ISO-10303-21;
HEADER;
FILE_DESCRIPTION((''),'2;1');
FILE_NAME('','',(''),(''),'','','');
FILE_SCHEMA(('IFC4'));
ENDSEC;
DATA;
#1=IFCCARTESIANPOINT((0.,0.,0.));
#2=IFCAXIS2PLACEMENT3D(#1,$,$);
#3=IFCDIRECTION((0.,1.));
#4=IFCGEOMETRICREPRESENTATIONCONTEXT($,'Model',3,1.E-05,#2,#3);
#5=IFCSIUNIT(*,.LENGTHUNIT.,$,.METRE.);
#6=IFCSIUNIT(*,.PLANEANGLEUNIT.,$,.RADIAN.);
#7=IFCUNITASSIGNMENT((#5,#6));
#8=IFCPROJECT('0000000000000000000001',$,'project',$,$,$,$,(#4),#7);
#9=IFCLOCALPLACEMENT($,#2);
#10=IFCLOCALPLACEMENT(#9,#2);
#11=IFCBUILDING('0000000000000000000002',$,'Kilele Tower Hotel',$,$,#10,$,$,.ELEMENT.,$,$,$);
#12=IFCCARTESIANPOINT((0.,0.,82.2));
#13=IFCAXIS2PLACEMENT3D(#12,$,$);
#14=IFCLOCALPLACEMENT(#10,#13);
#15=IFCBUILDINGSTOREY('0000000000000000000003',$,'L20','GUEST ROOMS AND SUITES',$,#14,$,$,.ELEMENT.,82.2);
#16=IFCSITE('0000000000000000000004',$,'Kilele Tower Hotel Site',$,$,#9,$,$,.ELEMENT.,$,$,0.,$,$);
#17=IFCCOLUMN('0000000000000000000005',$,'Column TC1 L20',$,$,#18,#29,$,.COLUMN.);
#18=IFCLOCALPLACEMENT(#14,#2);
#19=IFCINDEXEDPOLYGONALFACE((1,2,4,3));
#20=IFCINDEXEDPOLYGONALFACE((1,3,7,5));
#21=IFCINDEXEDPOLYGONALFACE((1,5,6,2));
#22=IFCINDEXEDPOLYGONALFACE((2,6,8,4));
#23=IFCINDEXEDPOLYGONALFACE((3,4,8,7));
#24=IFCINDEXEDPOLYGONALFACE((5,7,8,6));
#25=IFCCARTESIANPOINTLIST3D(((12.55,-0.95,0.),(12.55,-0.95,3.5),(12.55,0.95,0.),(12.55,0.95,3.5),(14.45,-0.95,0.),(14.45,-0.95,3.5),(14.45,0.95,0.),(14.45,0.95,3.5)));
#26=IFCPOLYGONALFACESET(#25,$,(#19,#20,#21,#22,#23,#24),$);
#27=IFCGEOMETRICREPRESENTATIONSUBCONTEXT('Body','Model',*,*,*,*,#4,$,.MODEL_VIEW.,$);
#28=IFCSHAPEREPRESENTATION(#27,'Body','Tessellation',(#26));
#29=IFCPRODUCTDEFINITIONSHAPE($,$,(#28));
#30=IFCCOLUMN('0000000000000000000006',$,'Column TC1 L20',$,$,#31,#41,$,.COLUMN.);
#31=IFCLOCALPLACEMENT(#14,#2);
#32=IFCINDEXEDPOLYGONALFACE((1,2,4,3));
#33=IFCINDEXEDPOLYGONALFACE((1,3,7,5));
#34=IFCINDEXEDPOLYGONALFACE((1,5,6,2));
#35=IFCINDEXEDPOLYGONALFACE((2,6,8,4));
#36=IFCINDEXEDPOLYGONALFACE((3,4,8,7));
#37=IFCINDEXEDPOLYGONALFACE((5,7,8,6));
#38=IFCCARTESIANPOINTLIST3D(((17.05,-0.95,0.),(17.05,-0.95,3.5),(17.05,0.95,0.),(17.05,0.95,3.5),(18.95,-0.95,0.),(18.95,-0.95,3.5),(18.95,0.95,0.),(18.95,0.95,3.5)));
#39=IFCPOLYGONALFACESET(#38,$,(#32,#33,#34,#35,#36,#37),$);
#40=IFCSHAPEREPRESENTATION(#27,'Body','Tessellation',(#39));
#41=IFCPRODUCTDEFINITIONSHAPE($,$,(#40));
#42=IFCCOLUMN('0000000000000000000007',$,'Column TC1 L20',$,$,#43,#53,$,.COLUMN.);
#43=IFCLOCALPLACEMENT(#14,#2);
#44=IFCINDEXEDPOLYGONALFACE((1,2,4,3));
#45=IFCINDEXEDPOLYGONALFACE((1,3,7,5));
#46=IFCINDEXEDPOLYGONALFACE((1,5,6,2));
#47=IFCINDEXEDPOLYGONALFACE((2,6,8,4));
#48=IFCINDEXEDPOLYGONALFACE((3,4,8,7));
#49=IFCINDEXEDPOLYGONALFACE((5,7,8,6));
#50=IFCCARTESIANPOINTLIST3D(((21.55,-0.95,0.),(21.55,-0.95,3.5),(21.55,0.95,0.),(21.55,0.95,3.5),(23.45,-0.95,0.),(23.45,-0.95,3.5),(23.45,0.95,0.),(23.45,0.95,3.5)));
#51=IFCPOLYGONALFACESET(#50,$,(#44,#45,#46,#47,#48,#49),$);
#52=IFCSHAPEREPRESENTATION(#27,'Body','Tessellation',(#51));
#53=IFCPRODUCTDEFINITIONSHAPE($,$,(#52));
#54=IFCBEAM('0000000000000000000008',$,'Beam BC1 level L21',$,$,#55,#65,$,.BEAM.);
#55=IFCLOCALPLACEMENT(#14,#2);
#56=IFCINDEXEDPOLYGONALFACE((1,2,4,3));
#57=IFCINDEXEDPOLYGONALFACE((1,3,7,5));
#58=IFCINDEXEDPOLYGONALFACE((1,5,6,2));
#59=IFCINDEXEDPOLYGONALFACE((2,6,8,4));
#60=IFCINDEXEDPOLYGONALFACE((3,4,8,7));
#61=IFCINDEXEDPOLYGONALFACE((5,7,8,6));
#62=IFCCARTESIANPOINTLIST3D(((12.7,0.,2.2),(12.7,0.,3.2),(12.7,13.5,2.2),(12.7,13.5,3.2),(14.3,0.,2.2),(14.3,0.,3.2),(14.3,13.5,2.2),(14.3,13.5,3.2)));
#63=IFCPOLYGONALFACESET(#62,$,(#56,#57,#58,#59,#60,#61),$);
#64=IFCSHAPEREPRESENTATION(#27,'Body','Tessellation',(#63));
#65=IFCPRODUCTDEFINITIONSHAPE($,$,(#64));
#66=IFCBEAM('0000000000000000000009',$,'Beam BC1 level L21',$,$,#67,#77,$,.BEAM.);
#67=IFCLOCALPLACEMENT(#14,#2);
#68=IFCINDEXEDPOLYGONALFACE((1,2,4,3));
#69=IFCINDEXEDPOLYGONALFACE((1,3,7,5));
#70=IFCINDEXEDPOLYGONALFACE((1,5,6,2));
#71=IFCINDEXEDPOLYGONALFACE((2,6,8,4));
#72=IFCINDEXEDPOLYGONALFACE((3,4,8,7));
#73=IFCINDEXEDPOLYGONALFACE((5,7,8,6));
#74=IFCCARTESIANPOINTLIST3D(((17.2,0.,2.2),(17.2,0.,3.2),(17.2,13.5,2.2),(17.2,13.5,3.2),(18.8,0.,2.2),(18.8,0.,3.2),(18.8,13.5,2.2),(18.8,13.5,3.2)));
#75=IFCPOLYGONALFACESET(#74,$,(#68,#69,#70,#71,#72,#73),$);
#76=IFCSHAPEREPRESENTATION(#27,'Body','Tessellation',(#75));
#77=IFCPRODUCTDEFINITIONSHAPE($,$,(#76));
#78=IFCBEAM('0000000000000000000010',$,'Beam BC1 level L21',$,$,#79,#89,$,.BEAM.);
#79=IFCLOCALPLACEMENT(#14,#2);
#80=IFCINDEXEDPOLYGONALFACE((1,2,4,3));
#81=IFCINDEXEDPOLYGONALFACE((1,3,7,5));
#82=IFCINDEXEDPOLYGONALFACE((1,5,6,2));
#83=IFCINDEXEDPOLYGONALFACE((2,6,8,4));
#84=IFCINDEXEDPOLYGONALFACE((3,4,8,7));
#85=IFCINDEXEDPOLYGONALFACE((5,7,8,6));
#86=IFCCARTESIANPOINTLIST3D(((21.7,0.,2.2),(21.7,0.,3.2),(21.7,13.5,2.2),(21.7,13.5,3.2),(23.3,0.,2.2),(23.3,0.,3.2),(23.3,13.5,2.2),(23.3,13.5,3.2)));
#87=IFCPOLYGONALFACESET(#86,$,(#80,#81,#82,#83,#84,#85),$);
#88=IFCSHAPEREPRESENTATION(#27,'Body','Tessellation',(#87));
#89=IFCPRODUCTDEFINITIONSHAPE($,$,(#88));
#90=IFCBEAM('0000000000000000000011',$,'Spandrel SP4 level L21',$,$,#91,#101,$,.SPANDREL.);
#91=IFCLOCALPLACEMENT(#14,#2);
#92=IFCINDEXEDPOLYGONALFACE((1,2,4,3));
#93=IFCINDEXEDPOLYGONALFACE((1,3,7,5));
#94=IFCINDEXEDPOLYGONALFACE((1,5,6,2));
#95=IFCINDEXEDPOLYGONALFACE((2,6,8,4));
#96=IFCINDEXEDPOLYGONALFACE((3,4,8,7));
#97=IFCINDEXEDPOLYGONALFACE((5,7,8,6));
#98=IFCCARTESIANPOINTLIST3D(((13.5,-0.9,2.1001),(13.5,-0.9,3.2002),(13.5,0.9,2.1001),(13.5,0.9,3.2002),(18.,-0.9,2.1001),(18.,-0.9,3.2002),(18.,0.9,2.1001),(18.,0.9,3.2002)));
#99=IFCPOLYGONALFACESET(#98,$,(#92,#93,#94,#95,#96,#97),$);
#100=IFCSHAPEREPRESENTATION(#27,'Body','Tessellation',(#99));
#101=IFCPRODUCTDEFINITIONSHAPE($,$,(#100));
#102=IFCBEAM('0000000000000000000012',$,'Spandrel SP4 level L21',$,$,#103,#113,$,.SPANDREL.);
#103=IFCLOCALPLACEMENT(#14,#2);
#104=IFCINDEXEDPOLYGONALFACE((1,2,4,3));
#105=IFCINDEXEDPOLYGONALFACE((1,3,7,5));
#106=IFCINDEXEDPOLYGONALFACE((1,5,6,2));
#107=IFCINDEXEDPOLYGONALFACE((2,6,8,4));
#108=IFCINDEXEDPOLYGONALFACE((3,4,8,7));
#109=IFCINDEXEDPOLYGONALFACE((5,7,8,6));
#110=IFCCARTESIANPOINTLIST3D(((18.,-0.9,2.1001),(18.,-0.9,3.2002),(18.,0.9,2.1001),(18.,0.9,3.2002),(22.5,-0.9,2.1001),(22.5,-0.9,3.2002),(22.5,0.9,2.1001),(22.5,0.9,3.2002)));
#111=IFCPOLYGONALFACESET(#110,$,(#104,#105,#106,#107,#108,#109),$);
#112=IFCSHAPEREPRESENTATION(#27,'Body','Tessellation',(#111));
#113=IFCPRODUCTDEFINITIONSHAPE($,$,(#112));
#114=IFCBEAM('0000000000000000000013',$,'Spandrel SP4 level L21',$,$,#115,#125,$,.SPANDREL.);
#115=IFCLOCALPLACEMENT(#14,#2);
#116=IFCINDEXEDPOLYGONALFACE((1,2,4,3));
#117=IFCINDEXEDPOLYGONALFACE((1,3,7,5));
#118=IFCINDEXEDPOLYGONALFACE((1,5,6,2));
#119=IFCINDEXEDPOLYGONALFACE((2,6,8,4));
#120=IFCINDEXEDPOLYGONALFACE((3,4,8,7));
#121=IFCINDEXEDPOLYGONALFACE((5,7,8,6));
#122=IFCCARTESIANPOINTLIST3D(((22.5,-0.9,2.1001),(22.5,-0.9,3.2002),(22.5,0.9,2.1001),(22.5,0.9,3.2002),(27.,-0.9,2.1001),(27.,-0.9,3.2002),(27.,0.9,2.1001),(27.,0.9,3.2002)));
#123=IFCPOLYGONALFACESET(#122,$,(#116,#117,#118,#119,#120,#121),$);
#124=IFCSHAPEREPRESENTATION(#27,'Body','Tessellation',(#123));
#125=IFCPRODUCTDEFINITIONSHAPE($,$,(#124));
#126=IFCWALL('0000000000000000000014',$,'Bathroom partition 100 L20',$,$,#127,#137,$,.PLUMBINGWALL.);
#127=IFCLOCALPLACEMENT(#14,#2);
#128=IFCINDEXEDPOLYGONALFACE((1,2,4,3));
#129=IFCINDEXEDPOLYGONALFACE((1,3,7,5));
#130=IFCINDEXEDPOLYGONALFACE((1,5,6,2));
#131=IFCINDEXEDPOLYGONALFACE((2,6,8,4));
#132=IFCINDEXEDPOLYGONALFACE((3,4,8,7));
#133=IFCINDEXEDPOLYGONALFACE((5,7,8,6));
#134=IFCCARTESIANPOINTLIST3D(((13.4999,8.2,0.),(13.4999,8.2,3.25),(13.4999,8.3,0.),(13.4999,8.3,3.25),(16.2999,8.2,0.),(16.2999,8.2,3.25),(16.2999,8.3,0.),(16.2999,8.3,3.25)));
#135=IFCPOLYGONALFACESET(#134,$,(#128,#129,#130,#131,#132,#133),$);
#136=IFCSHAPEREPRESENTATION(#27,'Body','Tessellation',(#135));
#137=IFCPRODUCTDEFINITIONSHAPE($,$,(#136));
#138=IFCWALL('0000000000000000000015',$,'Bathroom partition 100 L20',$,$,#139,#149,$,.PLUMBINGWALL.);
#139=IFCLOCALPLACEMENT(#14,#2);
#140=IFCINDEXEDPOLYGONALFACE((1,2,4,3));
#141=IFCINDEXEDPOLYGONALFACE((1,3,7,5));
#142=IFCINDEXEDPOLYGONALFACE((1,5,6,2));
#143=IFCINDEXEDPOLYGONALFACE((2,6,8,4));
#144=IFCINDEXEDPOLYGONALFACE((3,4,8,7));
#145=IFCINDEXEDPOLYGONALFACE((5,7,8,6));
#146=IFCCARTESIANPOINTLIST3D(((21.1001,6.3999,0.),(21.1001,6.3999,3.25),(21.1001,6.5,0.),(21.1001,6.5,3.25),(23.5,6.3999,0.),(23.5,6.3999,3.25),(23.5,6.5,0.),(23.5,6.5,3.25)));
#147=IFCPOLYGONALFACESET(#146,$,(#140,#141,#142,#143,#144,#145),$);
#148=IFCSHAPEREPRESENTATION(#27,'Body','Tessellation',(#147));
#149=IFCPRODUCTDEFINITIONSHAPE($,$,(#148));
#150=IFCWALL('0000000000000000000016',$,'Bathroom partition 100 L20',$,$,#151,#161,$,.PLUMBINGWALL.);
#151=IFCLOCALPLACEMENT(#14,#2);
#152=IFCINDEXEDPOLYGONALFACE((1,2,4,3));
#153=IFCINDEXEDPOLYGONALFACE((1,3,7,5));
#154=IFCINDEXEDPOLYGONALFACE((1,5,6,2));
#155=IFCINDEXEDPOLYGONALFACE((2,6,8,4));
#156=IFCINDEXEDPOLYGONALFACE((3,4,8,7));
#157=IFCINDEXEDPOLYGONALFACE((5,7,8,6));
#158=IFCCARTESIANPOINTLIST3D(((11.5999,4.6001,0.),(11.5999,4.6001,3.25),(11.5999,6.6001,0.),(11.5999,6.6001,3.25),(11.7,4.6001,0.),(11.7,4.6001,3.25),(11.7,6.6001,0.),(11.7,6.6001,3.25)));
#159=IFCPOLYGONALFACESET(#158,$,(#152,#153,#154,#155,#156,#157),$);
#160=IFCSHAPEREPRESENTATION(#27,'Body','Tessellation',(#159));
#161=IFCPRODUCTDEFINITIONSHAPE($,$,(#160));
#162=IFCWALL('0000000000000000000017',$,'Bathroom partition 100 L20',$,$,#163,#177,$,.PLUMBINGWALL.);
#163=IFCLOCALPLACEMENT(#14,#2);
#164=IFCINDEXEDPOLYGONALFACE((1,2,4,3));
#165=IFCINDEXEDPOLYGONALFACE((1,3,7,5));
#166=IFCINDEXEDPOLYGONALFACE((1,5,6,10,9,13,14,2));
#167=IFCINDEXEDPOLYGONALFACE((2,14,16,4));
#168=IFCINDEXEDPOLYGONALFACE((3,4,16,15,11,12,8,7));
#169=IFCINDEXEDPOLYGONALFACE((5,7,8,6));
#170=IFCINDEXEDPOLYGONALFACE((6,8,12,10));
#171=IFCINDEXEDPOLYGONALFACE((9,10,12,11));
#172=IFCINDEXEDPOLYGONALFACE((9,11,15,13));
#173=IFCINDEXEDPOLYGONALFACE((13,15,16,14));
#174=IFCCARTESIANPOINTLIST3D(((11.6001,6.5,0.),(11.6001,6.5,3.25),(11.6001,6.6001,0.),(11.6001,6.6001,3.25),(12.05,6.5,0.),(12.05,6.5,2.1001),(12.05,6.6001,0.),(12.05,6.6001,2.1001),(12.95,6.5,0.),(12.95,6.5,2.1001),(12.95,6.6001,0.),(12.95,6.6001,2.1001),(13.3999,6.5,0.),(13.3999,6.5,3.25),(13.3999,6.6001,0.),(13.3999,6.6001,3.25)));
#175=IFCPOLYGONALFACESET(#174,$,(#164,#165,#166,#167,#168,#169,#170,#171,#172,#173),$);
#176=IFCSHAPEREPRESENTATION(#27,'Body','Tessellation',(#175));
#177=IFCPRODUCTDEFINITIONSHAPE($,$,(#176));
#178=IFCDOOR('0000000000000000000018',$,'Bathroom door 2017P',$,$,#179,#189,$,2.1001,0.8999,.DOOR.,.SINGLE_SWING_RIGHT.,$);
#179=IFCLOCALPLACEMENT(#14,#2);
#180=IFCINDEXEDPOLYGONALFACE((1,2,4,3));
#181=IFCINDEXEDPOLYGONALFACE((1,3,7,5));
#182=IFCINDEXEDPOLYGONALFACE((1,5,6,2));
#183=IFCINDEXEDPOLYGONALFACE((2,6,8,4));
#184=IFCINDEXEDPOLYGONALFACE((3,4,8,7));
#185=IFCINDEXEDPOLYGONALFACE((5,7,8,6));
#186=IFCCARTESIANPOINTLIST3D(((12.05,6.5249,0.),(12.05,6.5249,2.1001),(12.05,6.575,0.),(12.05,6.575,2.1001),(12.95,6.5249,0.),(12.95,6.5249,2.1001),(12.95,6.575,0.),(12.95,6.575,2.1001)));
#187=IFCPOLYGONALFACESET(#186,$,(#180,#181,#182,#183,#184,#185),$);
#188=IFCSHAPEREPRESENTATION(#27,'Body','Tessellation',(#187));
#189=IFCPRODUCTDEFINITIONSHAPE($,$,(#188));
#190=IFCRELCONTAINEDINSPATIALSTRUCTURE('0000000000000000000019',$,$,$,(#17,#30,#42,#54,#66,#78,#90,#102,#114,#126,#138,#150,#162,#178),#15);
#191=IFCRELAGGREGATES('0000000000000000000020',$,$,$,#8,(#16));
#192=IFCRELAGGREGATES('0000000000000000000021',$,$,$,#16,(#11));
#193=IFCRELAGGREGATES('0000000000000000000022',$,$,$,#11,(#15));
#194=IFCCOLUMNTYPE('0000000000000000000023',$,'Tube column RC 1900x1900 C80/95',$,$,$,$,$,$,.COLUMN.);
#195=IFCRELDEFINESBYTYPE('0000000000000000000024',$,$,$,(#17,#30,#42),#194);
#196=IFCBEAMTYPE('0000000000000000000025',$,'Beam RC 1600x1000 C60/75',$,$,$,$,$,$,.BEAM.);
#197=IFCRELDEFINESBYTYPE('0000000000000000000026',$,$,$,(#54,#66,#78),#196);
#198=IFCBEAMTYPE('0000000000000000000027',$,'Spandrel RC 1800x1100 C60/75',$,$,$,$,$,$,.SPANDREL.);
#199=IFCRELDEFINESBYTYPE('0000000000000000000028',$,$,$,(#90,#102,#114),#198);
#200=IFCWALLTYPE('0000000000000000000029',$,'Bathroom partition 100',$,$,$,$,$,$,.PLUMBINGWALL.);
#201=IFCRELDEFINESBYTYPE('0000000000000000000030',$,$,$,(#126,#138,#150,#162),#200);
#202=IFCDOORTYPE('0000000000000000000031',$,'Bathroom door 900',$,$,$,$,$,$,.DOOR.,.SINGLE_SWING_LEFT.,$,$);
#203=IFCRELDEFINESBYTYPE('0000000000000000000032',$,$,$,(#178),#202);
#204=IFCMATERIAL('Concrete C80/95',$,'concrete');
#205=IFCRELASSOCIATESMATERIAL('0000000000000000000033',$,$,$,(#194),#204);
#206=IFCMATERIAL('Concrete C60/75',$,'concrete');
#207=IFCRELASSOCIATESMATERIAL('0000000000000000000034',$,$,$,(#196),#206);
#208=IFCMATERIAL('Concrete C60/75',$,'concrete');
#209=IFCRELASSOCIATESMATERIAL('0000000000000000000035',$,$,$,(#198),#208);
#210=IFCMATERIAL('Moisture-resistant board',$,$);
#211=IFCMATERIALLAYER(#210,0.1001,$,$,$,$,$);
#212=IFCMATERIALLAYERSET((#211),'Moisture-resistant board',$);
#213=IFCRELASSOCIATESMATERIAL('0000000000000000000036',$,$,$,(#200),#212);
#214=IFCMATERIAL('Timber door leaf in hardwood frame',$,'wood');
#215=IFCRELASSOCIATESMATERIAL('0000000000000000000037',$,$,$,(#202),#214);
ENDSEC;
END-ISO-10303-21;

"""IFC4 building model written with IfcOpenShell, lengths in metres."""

from ifc_helpers import new_model, si_unit, direction, frame, frame_2d, origin, origin_2d, place, context, subcontext, project, spatial, rectangle, extrude, material, layer, layer_set, material_profile, profile_set, type_object, element, fill, save


model = new_model("IFC4")

# Units and contexts
model_context = context("Model", 3, precision=1e-05, world=origin(), true_north=direction((0.0, 1.0)))
body_context = subcontext(model_context, "Body", "Model", "MODEL_VIEW")
ifc_project = project(units=[si_unit("LENGTHUNIT", "METRE"), si_unit("PLANEANGLEUNIT", "RADIAN")], contexts=[model_context])

# Site, building, storey
site_placement = place(None, origin())
site = spatial("IfcSite", under=ifc_project, at=site_placement, Name="Kilele Tower Hotel Site", CompositionType="ELEMENT", RefElevation=0.0)
building_placement = place(site_placement, origin())
building = spatial("IfcBuilding", under=site, at=building_placement, Name="Kilele Tower Hotel", CompositionType="ELEMENT")
storey_placement = place(building_placement, frame((0.0, 0.0, 82.2)))
storey = spatial("IfcBuildingStorey", under=building, at=storey_placement, Name="L20", Description="GUEST ROOMS AND SUITES", CompositionType="ELEMENT", Elevation=82.2)

# Columns
ifc_material_1 = material(Name="Concrete C80/95", Category="concrete")
ifc_material_profile_1 = material_profile(ifc_material_1, rectangle(XDim=1.8999, YDim=1.8999, at=origin_2d()))
ifc_profile_set_1 = profile_set([ifc_material_profile_1], Name="Concrete C80/95")
column_type = type_object("IfcColumnType", Name="Tube column RC 1900x1900 C80/95", PredefinedType="COLUMN", material=ifc_profile_set_1)
for number, where, z_axis, x_axis, name in (
    (1, (13.5, 0.0, 0.0), (0.0, 0.0, 1.0), (1.0, 0.0, 0.0), "Column TC1 L20"),
    (2, (18.0, 0.0, 0.0), (0.0, 0.0, 1.0), (1.0, 0.0, 0.0), "Column TC1 L20"),
    (3, (22.5, 0.0, 0.0), (0.0, 0.0, 1.0), (1.0, 0.0, 0.0), "Column TC1 L20"),
):
    element("IfcColumn", number, at=place(storey_placement, frame(where, z_axis=z_axis, x_axis=x_axis)), inside=storey, type_object=column_type, Name=name, PredefinedType="COLUMN", context=body_context, shape_type="SweptSolid", body=[
        extrude(rectangle(XDim=1.8999, YDim=1.8999, at=origin_2d()), origin(), (0.0, 0.0, 1.0), 3.5),
    ])

# Beams
ifc_material_2 = material(Name="Concrete C60/75", Category="concrete")
ifc_material_profile_2 = material_profile(ifc_material_2, rectangle(XDim=1.6001, YDim=1.0, at=origin_2d()))
ifc_profile_set_2 = profile_set([ifc_material_profile_2], Name="Concrete C60/75")
beam_type_1 = type_object("IfcBeamType", Name="Beam RC 1600x1000 C60/75", PredefinedType="BEAM", material=ifc_profile_set_2)
for number, where, z_axis, x_axis, name in (
    (4, (13.5, 0.0, 2.7), (0.0, 1.0, 0.0), (-1.0, 0.0, 0.0), "Beam BC1 level L21"),
    (5, (18.0, 0.0, 2.7), (0.0, 1.0, 0.0), (-1.0, 0.0, 0.0), "Beam BC1 level L21"),
    (6, (22.5, 0.0, 2.7), (0.0, 1.0, 0.0), (-1.0, 0.0, 0.0), "Beam BC1 level L21"),
):
    element("IfcBeam", number, at=place(storey_placement, frame(where, z_axis=z_axis, x_axis=x_axis)), inside=storey, type_object=beam_type_1, Name=name, PredefinedType="BEAM", context=body_context, shape_type="SweptSolid", body=[
        extrude(rectangle(XDim=1.6001, YDim=1.0, at=origin_2d()), origin(), (0.0, 0.0, 1.0), 13.5),
    ])
ifc_material_3 = material(Name="Concrete C60/75", Category="concrete")
ifc_material_profile_3 = material_profile(ifc_material_3, rectangle(XDim=1.8, YDim=1.1001, at=origin_2d()))
ifc_profile_set_3 = profile_set([ifc_material_profile_3], Name="Concrete C60/75")
beam_type_2 = type_object("IfcBeamType", Name="Spandrel RC 1800x1100 C60/75", PredefinedType="SPANDREL", material=ifc_profile_set_3)
for number, where, z_axis, x_axis, name in (
    (7, (13.5, 0.0, 2.6501), (1.0, 0.0, 0.0), (0.0, 1.0, 0.0), "Spandrel SP4 level L21"),
    (8, (18.0, 0.0, 2.6501), (1.0, 0.0, 0.0), (0.0, 1.0, 0.0), "Spandrel SP4 level L21"),
    (9, (22.5, 0.0, 2.6501), (1.0, 0.0, 0.0), (0.0, 1.0, 0.0), "Spandrel SP4 level L21"),
):
    element("IfcBeam", number, at=place(storey_placement, frame(where, z_axis=z_axis, x_axis=x_axis)), inside=storey, type_object=beam_type_2, Name=name, PredefinedType="SPANDREL", context=body_context, shape_type="SweptSolid", body=[
        extrude(rectangle(XDim=1.8, YDim=1.1001, at=origin_2d()), origin(), (0.0, 0.0, 1.0), 4.5),
    ])

# Walls
ifc_material_4 = material(Name="Moisture-resistant board")
ifc_layer_1 = layer(ifc_material_4, 0.1001)
ifc_layer_set_1 = layer_set([ifc_layer_1], Name="Moisture-resistant board")
wall_type_1 = type_object("IfcWallType", Name="Bathroom partition 100", PredefinedType="PLUMBINGWALL", material=ifc_layer_set_1)
wall_1_placement = place(storey_placement, frame((13.5, 8.25, 0.0), z_axis=(0.0, 0.0, 1.0), x_axis=(1.0, 0.0, 0.0)))
element("IfcWall", 10, at=wall_1_placement, inside=storey, type_object=wall_type_1, Name="Bathroom partition 100 L20", PredefinedType="PLUMBINGWALL", context=body_context, shape_type="SweptSolid", body=[
    extrude(rectangle(XDim=2.8, YDim=0.1001, at=frame_2d((1.3999, 0.0))), origin(), (0.0, 0.0, 1.0), 3.25),
])
wall_2_placement = place(storey_placement, frame((21.1001, 6.45, 0.0), z_axis=(0.0, 0.0, 1.0), x_axis=(1.0, 0.0, 0.0)))
element("IfcWall", 11, at=wall_2_placement, inside=storey, type_object=wall_type_1, Name="Bathroom partition 100 L20", PredefinedType="PLUMBINGWALL", context=body_context, shape_type="SweptSolid", body=[
    extrude(rectangle(XDim=2.3999, YDim=0.1001, at=frame_2d((1.2, 0.0))), origin(), (0.0, 0.0, 1.0), 3.25),
])
wall_3_placement = place(storey_placement, frame((11.6499, 4.6001, 0.0), z_axis=(0.0, 0.0, 1.0), x_axis=(0.0, 1.0, 0.0)))
element("IfcWall", 12, at=wall_3_placement, inside=storey, type_object=wall_type_1, Name="Bathroom partition 100 L20", PredefinedType="PLUMBINGWALL", context=body_context, shape_type="SweptSolid", body=[
    extrude(rectangle(XDim=2.0, YDim=0.1001, at=frame_2d((1.0, 0.0))), origin(), (0.0, 0.0, 1.0), 3.25),
])

# Wall, opening, door
wall_4_placement = place(storey_placement, frame((13.3999, 6.55, 0.0), z_axis=(0.0, 0.0, 1.0), x_axis=(-1.0, 0.0, 0.0)))
wall_4 = element("IfcWall", 13, at=wall_4_placement, inside=storey, type_object=wall_type_1, Name="Bathroom partition 100 L20", PredefinedType="PLUMBINGWALL", context=body_context, shape_type="SweptSolid", body=[
    extrude(rectangle(XDim=1.7998, YDim=0.1001, at=frame_2d((0.8999, 0.0))), origin(), (0.0, 0.0, 1.0), 3.25),
])
opening_1_placement = place(wall_4_placement, frame((1.3499, 0.0, 0.0), z_axis=(0.0, 0.0, 1.0), x_axis=(-1.0, 0.0, 0.0)))
opening_1 = element("IfcOpeningElement", 14, at=opening_1_placement, cuts=wall_4, PredefinedType="OPENING", context=body_context, shape_type="SweptSolid", body=[
    extrude(rectangle(XDim=0.8999, YDim=2.1001, at=frame_2d((0.45, 1.05))), frame((0.0, 0.0601, 0.0), z_axis=(0.0, -1.0, 0.0), x_axis=(1.0, 0.0, 0.0)), (0.0, 0.0, 1.0), 0.1201),
])
ifc_material_5 = material(Name="Timber door leaf in hardwood frame", Category="wood")
door_type_1 = type_object("IfcDoorType", Name="Bathroom door 900", OperationType="SINGLE_SWING_LEFT", PredefinedType="DOOR", material=ifc_material_5)
door_1_placement = place(opening_1_placement, origin())
door_1 = element("IfcDoor", 15, at=door_1_placement, inside=storey, type_object=door_type_1, Name="Bathroom door 2017P", OperationType="SINGLE_SWING_RIGHT", OverallHeight=2.1001, OverallWidth=0.8999, PredefinedType="DOOR", context=body_context, shape_type="SweptSolid", body=[
    extrude(rectangle(XDim=0.8999, YDim=2.1001, at=frame_2d((0.45, 1.05))), frame((0.0, 0.0249, 0.0), z_axis=(0.0, -1.0, 0.0), x_axis=(1.0, 0.0, 0.0)), (0.0, 0.0, 1.0), 0.05),
])
fill(opening_1, door_1)

save(model, "model.ifc")
